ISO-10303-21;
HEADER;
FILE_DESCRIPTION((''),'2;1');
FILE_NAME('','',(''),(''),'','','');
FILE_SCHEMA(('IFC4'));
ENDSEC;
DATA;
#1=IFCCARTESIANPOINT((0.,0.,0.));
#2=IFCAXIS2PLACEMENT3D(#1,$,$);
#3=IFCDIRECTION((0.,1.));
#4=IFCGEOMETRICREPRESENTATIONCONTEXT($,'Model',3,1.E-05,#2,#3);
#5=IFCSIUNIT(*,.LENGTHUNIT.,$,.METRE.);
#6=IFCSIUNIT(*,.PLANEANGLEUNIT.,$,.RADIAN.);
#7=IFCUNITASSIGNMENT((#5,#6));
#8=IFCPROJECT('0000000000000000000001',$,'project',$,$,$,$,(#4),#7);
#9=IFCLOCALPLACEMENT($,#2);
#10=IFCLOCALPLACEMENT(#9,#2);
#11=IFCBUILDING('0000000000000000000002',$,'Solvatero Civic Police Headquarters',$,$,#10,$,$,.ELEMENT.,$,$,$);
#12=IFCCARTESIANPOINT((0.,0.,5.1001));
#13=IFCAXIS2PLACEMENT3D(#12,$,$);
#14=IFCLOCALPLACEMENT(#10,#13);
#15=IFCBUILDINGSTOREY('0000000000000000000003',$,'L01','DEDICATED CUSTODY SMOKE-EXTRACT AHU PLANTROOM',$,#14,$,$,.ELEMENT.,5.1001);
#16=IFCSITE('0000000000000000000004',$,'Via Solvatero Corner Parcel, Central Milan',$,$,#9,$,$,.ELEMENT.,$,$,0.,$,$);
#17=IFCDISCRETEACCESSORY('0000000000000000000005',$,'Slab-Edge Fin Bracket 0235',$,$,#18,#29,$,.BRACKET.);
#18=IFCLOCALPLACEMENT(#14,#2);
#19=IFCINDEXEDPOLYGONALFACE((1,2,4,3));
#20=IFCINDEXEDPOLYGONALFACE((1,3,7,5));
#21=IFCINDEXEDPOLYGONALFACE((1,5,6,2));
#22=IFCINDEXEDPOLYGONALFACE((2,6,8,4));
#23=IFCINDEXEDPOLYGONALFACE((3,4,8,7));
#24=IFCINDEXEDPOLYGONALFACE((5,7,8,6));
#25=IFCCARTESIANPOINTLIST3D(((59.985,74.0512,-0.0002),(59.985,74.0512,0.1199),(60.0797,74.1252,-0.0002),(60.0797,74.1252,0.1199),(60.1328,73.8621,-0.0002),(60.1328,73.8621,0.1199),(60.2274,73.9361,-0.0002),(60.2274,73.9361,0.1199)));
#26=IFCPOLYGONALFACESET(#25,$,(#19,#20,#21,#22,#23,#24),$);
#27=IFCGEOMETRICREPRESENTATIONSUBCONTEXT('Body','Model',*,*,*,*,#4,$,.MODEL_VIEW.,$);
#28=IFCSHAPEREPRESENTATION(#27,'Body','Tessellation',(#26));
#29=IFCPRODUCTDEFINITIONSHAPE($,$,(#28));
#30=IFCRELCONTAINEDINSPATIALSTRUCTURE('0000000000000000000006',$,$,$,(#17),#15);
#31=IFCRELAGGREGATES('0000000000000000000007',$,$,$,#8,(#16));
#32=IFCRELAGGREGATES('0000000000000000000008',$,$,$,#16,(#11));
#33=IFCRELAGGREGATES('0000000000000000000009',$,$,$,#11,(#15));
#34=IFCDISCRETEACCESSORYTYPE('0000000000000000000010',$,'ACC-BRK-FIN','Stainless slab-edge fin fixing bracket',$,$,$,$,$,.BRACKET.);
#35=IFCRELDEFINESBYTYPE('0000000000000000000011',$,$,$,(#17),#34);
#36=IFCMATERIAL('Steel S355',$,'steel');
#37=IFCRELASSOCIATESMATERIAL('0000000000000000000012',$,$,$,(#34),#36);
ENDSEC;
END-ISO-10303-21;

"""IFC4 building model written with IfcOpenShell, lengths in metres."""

from ifc_helpers import new_model, si_unit, direction, frame, origin, origin_2d, place, context, subcontext, project, spatial, rectangle, extrude, material, type_object, element, save


model = new_model("IFC4")

# Units and contexts
model_context = context("Model", 3, precision=1e-05, world=origin(), true_north=direction((0.0, 1.0)))
body_context = subcontext(model_context, "Body", "Model", "MODEL_VIEW")
ifc_project = project(units=[si_unit("LENGTHUNIT", "METRE"), si_unit("PLANEANGLEUNIT", "RADIAN")], contexts=[model_context])

# Site, building, storey
site_placement = place(None, origin())
site = spatial("IfcSite", under=ifc_project, at=site_placement, Name="Via Solvatero Corner Parcel, Central Milan", CompositionType="ELEMENT", RefElevation=0.0)
building_placement = place(site_placement, origin())
building = spatial("IfcBuilding", under=site, at=building_placement, Name="Solvatero Civic Police Headquarters", CompositionType="ELEMENT")
storey_placement = place(building_placement, frame((0.0, 0.0, 5.1001)))
storey = spatial("IfcBuildingStorey", under=building, at=storey_placement, Name="L01", Description="DEDICATED CUSTODY SMOKE-EXTRACT AHU PLANTROOM", CompositionType="ELEMENT", Elevation=5.1001)

# Shared definitions
ifc_material_1 = material(Name="Steel S355", Category="steel")

# Discrete accessory
discrete_accessory_type = type_object("IfcDiscreteAccessoryType", Name="ACC-BRK-FIN", Description="Stainless slab-edge fin fixing bracket", PredefinedType="BRACKET", material=ifc_material_1)
for number, where, z_axis, x_axis, name in (
    (1, (60.1062, 73.9937, -0.0002), (0.0, 0.0, 1.0), (-0.788011, -0.615661, 0.0), "Slab-Edge Fin Bracket 0235"),
):
    element("IfcDiscreteAccessory", number, at=place(storey_placement, frame(where, z_axis=z_axis, x_axis=x_axis)), inside=storey, type_object=discrete_accessory_type, Name=name, PredefinedType="BRACKET", context=body_context, shape_type="SweptSolid", body=[
        extrude(rectangle(XDim=0.1201, YDim=0.24, at=origin_2d()), origin(), (0.0, 0.0, 1.0), 0.1201),
    ])

save(model, "model.ifc")
